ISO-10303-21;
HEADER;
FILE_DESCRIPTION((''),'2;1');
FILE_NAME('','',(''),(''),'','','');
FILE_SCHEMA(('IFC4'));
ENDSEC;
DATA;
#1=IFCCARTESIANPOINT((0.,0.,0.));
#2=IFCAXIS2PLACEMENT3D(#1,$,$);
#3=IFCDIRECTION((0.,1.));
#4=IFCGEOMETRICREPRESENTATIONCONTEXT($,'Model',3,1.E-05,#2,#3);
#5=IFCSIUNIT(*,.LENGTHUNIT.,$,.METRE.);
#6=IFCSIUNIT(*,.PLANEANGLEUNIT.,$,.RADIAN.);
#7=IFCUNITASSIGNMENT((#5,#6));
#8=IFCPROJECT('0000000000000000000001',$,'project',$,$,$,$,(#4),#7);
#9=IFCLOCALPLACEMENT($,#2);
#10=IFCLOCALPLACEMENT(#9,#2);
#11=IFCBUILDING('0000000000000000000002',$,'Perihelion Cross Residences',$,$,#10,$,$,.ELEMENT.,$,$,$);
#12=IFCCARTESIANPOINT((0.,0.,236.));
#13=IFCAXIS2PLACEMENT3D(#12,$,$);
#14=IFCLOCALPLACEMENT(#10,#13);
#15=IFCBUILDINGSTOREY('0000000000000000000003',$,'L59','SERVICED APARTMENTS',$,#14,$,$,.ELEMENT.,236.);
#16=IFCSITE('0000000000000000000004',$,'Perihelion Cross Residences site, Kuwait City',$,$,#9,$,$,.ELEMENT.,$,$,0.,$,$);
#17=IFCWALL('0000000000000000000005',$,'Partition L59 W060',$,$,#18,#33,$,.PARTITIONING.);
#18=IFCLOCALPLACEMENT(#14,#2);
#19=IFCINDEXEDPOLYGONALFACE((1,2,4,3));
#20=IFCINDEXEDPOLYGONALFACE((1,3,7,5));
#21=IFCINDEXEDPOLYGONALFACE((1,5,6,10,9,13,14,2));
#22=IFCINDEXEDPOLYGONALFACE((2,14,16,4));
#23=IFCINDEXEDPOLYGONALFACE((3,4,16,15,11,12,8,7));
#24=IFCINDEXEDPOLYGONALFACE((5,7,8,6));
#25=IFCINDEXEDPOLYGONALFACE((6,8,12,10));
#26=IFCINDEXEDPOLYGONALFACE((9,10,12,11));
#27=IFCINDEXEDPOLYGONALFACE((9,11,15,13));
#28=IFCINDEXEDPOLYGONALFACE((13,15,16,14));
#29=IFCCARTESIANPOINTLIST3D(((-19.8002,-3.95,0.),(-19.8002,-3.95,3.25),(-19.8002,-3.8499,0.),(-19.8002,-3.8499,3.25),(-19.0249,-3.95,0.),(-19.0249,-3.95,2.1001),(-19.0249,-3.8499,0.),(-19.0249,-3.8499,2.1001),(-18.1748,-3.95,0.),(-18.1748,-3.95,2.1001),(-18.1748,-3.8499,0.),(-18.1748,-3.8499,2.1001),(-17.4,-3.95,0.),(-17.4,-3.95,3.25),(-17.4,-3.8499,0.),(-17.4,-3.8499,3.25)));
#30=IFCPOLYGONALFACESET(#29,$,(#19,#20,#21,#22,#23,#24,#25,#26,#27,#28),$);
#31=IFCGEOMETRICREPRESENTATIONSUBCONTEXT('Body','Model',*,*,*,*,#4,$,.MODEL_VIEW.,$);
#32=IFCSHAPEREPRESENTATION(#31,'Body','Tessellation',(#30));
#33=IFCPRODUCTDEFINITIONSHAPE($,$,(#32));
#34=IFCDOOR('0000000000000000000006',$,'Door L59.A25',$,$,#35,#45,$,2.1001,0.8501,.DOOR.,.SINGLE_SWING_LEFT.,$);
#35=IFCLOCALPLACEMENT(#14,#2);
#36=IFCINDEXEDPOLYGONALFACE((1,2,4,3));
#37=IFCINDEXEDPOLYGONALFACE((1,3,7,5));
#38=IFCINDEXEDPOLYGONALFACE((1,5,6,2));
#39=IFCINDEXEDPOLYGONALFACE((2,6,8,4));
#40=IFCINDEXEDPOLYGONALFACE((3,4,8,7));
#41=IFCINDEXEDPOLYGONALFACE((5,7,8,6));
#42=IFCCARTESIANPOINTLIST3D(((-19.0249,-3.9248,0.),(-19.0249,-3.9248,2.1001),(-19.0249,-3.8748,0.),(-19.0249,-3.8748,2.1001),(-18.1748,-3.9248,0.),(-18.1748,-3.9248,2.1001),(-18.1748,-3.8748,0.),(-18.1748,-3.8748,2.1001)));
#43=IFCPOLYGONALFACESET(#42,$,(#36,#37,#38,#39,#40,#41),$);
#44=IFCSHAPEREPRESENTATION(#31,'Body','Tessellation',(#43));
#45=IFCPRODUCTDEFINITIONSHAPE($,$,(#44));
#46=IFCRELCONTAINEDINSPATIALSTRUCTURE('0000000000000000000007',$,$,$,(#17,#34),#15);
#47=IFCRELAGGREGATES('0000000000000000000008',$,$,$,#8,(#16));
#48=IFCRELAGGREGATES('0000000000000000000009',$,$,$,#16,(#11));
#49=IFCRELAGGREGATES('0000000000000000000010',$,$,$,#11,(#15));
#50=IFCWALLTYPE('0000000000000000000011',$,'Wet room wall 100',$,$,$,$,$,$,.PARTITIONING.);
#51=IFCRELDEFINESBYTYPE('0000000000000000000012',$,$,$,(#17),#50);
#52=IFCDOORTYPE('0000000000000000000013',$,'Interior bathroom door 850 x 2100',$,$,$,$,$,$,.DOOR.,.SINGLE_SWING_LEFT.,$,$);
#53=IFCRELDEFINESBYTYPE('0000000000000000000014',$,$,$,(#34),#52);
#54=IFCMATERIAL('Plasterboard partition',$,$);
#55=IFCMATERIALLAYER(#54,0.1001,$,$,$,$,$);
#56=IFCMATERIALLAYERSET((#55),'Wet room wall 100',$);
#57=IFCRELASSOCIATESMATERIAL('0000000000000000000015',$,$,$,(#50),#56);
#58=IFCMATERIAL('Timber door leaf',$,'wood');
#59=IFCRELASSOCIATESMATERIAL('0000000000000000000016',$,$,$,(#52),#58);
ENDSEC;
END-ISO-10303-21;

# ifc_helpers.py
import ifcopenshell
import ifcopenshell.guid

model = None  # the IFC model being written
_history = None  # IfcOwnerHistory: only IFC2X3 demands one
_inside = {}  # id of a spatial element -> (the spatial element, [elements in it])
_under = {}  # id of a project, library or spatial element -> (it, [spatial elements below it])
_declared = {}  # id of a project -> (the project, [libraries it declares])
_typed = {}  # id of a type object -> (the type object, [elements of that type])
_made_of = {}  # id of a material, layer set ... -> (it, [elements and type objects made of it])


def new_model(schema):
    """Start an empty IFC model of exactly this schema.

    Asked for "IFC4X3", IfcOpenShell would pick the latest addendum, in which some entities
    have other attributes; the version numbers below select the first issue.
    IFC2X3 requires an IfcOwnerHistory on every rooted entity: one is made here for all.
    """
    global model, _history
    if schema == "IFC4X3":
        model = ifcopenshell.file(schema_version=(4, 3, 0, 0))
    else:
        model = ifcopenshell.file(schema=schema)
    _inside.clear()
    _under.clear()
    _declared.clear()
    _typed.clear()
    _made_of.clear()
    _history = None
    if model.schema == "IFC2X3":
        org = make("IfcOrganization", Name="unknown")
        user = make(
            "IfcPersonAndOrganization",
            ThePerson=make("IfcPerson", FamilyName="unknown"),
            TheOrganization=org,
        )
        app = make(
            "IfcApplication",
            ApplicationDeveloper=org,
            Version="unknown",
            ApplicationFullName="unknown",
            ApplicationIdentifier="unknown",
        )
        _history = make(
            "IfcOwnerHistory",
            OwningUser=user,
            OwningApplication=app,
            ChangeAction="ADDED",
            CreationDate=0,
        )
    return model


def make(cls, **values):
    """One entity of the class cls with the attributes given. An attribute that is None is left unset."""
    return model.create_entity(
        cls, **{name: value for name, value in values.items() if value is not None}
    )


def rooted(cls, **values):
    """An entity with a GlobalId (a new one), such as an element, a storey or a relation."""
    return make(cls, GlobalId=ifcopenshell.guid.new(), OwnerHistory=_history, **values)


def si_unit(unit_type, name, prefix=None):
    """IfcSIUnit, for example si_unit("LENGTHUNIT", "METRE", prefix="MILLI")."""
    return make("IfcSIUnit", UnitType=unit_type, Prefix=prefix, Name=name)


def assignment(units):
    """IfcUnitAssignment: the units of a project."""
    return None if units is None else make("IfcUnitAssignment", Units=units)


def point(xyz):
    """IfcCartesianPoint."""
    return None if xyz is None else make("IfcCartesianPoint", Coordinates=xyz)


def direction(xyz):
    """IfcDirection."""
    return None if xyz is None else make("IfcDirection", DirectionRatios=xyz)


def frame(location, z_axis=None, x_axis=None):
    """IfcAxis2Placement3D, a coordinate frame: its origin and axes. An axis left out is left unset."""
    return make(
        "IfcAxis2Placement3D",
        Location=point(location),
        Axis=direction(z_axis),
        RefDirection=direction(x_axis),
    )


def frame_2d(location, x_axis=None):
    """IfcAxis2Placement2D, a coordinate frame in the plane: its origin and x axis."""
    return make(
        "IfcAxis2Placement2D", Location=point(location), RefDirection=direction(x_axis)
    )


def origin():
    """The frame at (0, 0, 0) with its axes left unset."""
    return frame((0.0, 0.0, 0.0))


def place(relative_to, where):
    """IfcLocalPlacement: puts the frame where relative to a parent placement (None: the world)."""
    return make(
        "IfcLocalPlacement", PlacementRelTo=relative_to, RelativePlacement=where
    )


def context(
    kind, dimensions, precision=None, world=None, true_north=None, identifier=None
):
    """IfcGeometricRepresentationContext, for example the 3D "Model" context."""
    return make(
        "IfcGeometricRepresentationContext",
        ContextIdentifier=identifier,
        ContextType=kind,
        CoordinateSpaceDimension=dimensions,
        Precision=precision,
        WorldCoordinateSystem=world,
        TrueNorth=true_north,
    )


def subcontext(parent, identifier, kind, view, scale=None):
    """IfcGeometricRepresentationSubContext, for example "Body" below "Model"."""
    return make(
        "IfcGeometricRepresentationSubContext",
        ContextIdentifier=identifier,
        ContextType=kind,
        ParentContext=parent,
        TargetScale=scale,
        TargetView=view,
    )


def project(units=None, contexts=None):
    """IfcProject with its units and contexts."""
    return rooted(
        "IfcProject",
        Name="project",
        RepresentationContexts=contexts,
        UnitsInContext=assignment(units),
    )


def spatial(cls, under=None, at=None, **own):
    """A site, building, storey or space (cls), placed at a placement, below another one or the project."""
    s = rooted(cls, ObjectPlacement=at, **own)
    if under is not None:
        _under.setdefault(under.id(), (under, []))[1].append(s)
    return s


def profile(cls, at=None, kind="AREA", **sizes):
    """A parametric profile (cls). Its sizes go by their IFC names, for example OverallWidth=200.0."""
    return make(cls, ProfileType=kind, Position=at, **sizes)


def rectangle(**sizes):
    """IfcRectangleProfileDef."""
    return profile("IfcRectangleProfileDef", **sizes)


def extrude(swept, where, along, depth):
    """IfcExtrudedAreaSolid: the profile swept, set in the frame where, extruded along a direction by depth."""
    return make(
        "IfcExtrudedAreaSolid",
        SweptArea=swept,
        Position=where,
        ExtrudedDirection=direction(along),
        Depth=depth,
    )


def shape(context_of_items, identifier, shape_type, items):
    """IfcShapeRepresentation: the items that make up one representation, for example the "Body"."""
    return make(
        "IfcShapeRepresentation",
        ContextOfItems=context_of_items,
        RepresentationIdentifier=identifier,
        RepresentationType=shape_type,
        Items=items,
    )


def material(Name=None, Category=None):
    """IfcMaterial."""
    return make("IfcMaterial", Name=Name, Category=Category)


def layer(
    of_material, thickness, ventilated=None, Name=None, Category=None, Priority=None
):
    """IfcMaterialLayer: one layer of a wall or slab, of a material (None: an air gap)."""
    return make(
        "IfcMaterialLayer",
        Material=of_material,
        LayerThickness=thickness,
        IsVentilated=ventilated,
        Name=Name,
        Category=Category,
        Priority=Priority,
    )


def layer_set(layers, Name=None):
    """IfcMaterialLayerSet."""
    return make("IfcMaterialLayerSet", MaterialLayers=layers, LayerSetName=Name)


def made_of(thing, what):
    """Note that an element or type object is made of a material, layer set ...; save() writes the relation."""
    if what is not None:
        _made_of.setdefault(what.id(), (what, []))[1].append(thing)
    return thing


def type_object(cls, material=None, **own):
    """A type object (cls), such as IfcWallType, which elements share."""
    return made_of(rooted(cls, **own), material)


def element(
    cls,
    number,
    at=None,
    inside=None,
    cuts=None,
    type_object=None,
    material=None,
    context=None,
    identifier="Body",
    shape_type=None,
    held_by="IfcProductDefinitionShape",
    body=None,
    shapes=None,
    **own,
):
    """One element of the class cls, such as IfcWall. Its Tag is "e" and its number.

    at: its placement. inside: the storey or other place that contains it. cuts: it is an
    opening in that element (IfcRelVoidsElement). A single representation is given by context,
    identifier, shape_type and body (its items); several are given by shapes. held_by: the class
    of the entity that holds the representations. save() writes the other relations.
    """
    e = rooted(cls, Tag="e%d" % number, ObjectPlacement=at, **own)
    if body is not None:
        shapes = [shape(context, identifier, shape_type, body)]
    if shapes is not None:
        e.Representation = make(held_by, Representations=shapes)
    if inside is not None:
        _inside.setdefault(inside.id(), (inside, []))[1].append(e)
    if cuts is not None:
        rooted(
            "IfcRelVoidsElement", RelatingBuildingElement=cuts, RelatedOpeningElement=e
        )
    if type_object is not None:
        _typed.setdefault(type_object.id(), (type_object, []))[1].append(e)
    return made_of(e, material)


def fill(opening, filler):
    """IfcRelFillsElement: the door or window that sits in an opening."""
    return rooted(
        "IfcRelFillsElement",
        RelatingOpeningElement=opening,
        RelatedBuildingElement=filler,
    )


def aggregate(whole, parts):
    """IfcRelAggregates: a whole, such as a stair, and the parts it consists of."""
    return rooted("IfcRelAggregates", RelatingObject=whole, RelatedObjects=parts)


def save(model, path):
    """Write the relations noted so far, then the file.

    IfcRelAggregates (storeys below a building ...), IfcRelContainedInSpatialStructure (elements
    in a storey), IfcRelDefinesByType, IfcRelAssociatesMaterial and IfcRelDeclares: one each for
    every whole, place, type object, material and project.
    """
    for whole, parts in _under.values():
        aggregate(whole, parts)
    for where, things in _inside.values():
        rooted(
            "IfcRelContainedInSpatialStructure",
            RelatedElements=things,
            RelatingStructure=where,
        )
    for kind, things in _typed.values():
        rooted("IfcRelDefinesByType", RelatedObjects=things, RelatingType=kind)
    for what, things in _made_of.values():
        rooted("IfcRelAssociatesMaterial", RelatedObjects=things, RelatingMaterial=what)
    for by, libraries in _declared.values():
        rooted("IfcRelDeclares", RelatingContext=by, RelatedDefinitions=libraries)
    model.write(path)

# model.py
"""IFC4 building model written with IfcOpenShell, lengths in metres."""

from ifc_helpers import new_model, si_unit, direction, frame, frame_2d, origin, place, context, subcontext, project, spatial, rectangle, extrude, material, layer, layer_set, type_object, element, fill, save


model = new_model("IFC4")

# Units and contexts
model_context = context("Model", 3, precision=1e-05, world=origin(), true_north=direction((0.0, 1.0)))
body_context = subcontext(model_context, "Body", "Model", "MODEL_VIEW")
ifc_project = project(units=[si_unit("LENGTHUNIT", "METRE"), si_unit("PLANEANGLEUNIT", "RADIAN")], contexts=[model_context])

# Site, building, storey
site_placement = place(None, origin())
site = spatial("IfcSite", under=ifc_project, at=site_placement, Name="Perihelion Cross Residences site, Kuwait City", CompositionType="ELEMENT", RefElevation=0.0)
building_placement = place(site_placement, origin())
building = spatial("IfcBuilding", under=site, at=building_placement, Name="Perihelion Cross Residences", CompositionType="ELEMENT")
storey_placement = place(building_placement, frame((0.0, 0.0, 236.0)))
storey = spatial("IfcBuildingStorey", under=building, at=storey_placement, Name="L59", Description="SERVICED APARTMENTS", CompositionType="ELEMENT", Elevation=236.0)

# Wall, opening, door
ifc_material_1 = material(Name="Plasterboard partition")
ifc_layer_1 = layer(ifc_material_1, 0.1001)
ifc_layer_set_1 = layer_set([ifc_layer_1], Name="Wet room wall 100")
wall_type_1 = type_object("IfcWallType", Name="Wet room wall 100", PredefinedType="PARTITIONING", material=ifc_layer_set_1)
wall_1_placement = place(storey_placement, frame((-17.3999, -3.8999, 0.0), z_axis=(0.0, 0.0, 1.0), x_axis=(-1.0, 0.0, 0.0)))
wall_1 = element("IfcWall", 1, at=wall_1_placement, inside=storey, type_object=wall_type_1, Name="Partition L59 W060", PredefinedType="PARTITIONING", context=body_context, shape_type="SweptSolid", body=[
    extrude(rectangle(XDim=2.4001, YDim=0.1001, at=frame_2d((1.2002, 0.0))), origin(), (0.0, 0.0, 1.0), 3.25),
])
opening_1_placement = place(wall_1_placement, frame((0.7749, 0.0, 0.0)))
opening_1 = element("IfcOpeningElement", 2, at=opening_1_placement, cuts=wall_1, PredefinedType="OPENING", context=body_context, shape_type="SweptSolid", body=[
    extrude(rectangle(XDim=0.8501, YDim=2.1001, at=frame_2d((0.425, 1.05))), frame((0.0, 0.0601, 0.0), z_axis=(0.0, -1.0, 0.0), x_axis=(1.0, 0.0, 0.0)), (0.0, 0.0, 1.0), 0.1201),
])
ifc_material_2 = material(Name="Timber door leaf", Category="wood")
door_type_1 = type_object("IfcDoorType", Name="Interior bathroom door 850 x 2100", OperationType="SINGLE_SWING_LEFT", PredefinedType="DOOR", material=ifc_material_2)
door_1_placement = place(opening_1_placement, origin())
door_1 = element("IfcDoor", 3, at=door_1_placement, inside=storey, type_object=door_type_1, Name="Door L59.A25", OperationType="SINGLE_SWING_LEFT", OverallHeight=2.1001, OverallWidth=0.8501, PredefinedType="DOOR", context=body_context, shape_type="SweptSolid", body=[
    extrude(rectangle(XDim=0.8501, YDim=2.1001, at=frame_2d((0.425, 1.05))), frame((0.0, 0.0249, 0.0), z_axis=(0.0, -1.0, 0.0), x_axis=(1.0, 0.0, 0.0)), (0.0, 0.0, 1.0), 0.05),
])
fill(opening_1, door_1)

save(model, "model.ifc")
